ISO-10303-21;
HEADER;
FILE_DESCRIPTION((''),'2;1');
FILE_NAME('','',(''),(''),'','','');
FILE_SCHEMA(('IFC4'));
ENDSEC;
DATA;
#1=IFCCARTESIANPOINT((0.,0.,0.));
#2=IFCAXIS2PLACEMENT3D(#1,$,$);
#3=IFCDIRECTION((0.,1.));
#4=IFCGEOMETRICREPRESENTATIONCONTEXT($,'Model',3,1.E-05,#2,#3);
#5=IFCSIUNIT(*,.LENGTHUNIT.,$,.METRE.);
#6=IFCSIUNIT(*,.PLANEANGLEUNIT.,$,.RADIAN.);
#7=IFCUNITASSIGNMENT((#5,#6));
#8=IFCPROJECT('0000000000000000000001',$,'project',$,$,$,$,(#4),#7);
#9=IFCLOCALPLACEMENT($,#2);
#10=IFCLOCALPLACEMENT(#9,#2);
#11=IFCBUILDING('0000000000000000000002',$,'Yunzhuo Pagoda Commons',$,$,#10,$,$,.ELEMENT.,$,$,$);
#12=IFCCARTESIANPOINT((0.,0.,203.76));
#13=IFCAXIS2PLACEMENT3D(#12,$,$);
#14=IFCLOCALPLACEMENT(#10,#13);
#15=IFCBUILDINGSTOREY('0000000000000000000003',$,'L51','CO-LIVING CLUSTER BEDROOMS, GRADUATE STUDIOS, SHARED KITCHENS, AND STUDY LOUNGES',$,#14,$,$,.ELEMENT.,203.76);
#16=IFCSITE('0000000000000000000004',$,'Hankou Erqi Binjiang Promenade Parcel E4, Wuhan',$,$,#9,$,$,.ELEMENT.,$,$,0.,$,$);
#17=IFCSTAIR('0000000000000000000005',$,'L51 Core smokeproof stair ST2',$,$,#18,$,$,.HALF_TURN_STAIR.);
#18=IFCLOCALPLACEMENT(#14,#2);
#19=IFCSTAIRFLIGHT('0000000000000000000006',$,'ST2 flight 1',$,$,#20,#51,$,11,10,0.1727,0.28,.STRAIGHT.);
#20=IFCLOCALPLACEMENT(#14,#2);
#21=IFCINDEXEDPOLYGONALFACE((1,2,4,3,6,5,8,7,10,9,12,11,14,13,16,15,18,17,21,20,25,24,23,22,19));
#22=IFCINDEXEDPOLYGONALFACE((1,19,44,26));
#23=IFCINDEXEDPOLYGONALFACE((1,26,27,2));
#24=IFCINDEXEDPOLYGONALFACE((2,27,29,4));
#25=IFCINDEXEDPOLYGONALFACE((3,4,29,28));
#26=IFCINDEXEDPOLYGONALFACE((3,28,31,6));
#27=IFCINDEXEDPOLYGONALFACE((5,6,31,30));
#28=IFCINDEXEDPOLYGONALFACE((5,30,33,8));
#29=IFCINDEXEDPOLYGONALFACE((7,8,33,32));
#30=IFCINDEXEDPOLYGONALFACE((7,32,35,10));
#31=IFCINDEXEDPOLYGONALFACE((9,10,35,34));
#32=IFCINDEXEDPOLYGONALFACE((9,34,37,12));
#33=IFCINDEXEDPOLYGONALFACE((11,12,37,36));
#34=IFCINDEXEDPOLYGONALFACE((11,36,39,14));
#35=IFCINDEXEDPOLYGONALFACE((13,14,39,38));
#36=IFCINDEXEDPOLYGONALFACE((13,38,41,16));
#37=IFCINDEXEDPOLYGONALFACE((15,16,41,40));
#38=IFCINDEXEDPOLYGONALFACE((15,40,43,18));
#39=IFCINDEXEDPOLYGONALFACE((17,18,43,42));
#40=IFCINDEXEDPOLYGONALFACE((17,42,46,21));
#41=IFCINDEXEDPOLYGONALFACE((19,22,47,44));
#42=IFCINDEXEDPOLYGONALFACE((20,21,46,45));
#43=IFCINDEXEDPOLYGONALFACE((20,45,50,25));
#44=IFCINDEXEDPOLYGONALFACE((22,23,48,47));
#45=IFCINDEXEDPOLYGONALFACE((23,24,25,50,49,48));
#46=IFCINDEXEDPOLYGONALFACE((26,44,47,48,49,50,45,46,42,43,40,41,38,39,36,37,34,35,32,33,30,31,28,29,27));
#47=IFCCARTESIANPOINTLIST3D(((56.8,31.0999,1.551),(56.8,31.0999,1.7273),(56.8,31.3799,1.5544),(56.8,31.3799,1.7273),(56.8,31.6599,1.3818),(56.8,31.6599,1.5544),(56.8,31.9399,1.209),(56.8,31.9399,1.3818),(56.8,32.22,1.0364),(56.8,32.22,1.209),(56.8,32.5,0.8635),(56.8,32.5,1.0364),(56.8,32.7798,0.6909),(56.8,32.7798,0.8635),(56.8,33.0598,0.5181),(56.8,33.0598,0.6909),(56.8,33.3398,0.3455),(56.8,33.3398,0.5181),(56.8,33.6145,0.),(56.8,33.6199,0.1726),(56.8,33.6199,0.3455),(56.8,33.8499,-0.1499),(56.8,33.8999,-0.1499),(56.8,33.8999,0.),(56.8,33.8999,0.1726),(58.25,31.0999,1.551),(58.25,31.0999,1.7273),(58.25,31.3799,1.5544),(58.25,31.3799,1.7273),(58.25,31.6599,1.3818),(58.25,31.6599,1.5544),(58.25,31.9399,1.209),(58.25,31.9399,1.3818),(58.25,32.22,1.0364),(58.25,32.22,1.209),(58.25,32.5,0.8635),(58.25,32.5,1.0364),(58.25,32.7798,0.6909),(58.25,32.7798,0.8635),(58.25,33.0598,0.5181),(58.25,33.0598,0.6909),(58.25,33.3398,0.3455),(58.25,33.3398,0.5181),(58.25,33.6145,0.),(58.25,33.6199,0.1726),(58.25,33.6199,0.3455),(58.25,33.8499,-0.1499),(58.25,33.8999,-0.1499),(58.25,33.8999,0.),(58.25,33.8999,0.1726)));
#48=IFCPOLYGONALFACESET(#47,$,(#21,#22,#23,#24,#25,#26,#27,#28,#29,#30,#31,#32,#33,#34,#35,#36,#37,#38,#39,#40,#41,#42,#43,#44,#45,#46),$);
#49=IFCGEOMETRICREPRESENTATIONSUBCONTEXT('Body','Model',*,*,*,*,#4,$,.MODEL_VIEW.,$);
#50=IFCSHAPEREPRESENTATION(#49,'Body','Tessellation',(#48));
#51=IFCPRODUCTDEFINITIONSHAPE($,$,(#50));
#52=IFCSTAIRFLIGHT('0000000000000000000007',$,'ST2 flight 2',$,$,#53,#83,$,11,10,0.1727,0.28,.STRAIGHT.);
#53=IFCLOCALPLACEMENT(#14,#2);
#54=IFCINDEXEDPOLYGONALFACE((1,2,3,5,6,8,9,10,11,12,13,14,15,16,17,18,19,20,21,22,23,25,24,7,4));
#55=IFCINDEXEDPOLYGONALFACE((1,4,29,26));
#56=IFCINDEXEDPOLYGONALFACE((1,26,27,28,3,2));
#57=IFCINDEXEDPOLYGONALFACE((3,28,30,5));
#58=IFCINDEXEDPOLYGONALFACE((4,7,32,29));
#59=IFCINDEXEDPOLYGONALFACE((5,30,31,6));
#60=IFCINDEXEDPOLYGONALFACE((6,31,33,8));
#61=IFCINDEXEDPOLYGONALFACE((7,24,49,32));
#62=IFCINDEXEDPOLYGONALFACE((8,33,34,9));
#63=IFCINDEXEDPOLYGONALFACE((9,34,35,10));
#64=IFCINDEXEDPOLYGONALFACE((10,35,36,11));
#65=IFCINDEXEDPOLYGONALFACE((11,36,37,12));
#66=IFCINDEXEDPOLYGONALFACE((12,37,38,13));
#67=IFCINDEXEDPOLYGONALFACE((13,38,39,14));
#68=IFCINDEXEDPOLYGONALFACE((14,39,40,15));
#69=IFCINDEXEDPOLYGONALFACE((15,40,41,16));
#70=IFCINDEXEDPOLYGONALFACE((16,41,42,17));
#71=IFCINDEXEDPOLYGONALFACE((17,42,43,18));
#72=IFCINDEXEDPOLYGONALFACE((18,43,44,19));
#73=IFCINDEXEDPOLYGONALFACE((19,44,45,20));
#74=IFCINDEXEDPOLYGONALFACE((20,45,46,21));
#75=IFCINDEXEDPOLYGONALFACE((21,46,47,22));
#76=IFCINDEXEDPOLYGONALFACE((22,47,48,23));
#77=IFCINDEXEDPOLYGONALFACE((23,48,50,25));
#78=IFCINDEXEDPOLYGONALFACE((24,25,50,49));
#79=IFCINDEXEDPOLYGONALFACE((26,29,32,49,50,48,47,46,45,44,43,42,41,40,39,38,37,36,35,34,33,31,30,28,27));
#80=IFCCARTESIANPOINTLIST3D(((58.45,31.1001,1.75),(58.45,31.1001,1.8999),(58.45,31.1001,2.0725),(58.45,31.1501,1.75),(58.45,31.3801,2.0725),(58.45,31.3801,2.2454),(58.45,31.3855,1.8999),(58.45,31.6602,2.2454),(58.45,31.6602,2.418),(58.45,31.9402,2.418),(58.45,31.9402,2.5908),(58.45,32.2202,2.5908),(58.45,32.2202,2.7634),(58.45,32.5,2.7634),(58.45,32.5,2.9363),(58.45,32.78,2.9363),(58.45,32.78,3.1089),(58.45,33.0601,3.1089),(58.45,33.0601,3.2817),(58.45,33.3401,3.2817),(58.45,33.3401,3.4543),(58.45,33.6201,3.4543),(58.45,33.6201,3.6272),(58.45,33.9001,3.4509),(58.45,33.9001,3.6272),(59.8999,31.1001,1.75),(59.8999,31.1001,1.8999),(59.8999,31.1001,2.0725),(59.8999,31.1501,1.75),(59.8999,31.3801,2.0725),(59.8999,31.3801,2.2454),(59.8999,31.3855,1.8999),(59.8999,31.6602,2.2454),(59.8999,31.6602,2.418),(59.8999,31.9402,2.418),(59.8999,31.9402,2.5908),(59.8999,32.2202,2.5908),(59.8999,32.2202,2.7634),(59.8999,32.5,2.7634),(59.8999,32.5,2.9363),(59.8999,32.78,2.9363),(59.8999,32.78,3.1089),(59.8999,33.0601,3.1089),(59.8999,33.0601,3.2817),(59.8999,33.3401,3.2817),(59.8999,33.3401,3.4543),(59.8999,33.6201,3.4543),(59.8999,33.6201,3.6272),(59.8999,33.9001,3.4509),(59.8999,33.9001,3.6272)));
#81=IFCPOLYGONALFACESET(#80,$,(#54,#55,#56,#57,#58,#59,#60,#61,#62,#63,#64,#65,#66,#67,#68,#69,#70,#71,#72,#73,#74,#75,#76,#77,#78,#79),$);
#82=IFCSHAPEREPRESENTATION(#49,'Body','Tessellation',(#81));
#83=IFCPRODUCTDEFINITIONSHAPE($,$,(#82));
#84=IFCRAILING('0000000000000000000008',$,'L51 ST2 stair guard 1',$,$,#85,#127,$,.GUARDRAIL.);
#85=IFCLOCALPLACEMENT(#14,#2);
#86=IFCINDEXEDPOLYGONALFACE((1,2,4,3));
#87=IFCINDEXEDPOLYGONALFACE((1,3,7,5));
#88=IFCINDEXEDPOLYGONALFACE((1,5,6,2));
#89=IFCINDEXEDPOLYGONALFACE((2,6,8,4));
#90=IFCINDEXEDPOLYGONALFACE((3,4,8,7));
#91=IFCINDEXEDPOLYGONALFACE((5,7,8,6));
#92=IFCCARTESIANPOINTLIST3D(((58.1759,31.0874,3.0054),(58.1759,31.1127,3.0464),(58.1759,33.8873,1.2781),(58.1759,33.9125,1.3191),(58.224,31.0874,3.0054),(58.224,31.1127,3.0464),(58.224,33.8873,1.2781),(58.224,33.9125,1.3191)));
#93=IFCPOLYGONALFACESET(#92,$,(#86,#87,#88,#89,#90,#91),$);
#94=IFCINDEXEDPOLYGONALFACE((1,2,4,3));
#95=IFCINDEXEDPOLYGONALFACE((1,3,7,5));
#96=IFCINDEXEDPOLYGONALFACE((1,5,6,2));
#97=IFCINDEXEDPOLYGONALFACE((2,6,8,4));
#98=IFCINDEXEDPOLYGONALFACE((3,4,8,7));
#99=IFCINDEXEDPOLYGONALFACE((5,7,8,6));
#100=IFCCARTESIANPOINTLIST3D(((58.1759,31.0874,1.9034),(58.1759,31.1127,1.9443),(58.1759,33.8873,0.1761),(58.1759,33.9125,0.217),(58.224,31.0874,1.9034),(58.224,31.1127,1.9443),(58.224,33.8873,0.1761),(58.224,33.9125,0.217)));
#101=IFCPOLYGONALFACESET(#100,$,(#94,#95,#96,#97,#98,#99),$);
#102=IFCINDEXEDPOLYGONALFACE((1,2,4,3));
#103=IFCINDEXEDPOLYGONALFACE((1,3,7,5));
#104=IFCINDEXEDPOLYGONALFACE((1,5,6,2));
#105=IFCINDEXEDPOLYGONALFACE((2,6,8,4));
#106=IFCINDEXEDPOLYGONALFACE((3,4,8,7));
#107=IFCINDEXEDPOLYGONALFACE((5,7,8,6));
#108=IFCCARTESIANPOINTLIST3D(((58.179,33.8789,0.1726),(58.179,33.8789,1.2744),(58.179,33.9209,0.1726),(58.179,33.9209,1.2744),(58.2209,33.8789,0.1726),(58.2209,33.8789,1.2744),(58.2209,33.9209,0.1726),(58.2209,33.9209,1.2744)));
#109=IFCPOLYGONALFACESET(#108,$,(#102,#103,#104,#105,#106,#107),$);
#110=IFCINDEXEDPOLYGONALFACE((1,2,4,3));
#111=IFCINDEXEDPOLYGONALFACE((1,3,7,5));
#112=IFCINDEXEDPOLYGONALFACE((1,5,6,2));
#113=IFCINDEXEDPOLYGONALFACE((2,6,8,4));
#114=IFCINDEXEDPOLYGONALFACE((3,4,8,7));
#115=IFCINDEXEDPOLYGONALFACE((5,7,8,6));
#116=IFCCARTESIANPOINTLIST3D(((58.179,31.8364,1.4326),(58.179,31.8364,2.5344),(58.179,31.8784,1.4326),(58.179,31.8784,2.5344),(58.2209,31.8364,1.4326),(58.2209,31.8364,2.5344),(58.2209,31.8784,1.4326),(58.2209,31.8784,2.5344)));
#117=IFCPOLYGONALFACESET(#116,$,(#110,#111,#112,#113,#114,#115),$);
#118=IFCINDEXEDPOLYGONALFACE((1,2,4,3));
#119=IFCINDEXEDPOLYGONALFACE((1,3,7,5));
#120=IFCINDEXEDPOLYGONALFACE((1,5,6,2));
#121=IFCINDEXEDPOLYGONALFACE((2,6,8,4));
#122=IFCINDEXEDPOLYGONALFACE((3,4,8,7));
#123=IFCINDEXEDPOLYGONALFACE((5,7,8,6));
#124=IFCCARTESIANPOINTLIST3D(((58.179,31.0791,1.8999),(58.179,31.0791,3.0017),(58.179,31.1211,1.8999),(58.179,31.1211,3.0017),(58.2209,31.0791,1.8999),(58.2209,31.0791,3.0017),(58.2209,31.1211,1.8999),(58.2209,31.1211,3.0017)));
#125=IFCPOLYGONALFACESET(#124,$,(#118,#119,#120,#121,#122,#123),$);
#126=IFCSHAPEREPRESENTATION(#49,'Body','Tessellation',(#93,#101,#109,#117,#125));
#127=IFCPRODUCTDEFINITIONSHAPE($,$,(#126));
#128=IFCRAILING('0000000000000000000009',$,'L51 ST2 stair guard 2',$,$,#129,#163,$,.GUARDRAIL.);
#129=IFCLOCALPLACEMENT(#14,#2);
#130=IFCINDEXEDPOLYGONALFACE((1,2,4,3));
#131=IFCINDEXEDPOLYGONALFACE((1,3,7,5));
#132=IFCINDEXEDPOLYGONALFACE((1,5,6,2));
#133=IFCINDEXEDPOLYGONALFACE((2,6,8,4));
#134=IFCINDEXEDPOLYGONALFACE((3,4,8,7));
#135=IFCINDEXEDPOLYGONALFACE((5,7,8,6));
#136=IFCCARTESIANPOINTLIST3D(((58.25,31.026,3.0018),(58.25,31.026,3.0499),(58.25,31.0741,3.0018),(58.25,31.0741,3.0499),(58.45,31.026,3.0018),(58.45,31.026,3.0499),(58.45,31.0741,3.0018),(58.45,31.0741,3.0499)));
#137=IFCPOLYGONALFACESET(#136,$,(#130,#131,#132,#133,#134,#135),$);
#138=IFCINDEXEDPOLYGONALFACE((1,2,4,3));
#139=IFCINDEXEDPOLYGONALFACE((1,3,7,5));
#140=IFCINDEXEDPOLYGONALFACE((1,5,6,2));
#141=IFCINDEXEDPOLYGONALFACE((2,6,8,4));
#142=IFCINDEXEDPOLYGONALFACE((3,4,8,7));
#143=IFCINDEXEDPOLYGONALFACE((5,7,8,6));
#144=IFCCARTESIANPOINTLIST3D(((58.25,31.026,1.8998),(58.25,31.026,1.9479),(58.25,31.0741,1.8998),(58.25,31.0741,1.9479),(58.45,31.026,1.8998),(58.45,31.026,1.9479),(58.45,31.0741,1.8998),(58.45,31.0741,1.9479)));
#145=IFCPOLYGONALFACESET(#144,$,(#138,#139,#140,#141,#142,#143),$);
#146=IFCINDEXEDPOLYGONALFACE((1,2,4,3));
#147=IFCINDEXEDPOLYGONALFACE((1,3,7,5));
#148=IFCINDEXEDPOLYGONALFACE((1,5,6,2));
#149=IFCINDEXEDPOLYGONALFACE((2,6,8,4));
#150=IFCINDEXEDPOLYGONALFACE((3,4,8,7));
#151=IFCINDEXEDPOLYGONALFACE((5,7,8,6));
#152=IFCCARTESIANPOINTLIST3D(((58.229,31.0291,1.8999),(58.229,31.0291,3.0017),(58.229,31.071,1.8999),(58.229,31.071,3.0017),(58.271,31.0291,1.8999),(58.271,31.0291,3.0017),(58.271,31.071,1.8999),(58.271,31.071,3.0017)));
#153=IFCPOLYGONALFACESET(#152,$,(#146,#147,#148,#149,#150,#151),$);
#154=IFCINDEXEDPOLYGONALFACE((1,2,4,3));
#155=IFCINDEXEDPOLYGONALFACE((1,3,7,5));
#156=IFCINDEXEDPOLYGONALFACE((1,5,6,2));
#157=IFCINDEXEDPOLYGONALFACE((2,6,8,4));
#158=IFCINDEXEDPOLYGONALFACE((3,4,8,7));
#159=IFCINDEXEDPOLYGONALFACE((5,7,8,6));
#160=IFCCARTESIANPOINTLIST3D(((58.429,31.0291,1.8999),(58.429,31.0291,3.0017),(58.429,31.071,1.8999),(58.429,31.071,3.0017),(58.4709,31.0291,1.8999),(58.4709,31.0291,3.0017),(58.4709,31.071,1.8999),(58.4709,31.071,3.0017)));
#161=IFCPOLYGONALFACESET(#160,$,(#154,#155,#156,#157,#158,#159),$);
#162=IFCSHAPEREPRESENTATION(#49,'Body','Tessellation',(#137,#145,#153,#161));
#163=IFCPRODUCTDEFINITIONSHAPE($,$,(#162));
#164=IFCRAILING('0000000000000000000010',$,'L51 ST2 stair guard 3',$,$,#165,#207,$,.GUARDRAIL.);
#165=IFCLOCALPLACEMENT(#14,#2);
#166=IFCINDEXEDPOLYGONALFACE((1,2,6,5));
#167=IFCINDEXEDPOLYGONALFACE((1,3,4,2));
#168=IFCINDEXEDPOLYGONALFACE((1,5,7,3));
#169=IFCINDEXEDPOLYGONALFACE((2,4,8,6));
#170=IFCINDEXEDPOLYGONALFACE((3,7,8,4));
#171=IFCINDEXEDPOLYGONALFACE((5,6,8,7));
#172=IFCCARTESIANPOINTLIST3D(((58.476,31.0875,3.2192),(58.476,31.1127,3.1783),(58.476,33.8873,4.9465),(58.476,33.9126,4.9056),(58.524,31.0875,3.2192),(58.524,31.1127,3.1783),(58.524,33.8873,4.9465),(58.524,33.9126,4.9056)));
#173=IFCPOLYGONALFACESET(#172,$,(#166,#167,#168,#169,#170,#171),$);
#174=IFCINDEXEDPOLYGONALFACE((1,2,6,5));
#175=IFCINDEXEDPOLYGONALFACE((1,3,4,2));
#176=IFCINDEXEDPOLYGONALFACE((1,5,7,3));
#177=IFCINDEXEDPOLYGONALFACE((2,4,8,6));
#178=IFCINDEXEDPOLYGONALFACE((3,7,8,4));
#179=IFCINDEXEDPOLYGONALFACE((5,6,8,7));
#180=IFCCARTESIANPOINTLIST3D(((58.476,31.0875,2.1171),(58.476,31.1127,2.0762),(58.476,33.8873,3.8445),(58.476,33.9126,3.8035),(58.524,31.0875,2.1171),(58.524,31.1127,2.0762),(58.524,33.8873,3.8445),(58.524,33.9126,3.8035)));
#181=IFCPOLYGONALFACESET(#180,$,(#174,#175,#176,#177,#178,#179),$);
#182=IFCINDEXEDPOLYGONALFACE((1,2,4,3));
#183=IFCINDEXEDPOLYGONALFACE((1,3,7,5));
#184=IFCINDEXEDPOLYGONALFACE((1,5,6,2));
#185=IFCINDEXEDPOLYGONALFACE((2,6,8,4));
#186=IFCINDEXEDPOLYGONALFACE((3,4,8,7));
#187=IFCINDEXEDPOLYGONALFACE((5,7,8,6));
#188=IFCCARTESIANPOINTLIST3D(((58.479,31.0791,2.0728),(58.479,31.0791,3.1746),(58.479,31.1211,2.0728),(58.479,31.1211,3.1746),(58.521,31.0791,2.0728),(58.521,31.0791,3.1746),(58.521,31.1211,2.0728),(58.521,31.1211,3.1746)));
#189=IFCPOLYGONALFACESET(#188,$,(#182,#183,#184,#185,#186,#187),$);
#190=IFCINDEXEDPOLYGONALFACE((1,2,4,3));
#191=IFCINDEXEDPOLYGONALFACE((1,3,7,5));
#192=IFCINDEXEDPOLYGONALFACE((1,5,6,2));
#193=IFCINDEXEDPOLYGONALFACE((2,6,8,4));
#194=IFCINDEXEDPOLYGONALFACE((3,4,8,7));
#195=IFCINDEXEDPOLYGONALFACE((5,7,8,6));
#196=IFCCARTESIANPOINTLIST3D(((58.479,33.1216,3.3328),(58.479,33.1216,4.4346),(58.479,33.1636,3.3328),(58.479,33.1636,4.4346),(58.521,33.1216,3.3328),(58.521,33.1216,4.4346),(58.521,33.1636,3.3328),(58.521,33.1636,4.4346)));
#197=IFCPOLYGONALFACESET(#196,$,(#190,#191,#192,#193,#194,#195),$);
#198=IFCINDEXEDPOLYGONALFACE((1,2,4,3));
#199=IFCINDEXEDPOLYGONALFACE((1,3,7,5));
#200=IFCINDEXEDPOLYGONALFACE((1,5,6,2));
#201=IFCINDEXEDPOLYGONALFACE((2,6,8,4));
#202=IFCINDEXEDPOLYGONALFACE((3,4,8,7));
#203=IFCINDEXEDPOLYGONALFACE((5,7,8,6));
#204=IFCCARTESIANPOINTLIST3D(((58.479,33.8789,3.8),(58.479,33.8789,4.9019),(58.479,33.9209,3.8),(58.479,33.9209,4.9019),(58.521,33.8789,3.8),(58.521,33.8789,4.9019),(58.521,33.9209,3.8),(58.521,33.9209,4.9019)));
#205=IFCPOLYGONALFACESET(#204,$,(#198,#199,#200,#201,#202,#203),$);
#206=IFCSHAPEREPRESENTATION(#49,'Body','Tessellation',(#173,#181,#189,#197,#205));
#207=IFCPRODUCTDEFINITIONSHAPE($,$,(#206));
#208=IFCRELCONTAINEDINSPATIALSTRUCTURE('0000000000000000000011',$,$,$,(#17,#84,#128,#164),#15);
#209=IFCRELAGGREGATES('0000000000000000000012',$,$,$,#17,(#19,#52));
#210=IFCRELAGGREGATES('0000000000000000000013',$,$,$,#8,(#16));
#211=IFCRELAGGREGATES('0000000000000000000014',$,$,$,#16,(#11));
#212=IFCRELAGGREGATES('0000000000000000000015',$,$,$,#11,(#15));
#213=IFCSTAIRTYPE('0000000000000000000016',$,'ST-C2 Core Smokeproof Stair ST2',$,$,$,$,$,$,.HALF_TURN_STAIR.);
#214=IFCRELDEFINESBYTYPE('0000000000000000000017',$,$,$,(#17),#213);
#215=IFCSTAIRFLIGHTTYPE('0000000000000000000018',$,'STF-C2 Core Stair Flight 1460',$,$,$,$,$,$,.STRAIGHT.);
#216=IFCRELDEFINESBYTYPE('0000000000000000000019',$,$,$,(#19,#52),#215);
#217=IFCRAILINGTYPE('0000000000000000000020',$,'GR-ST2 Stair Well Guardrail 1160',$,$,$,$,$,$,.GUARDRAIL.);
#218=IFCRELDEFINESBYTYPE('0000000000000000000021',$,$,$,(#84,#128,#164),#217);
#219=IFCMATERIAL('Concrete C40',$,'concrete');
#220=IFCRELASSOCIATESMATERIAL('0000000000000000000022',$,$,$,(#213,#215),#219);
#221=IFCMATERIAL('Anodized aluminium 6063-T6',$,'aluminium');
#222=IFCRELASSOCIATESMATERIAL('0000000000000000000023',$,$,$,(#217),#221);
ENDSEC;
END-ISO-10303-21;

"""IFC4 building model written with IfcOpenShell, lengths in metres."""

from ifc_helpers import new_model, si_unit, direction, frame, origin, origin_2d, place, context, subcontext, project, spatial, polyline, rectangle, outline, extrude, source, transform, mapped, material, type_object, element, aggregate, save


model = new_model("IFC4")

# Units and contexts
model_context = context("Model", 3, precision=1e-05, world=origin(), true_north=direction((0.0, 1.0)))
body_context = subcontext(model_context, "Body", "Model", "MODEL_VIEW")
ifc_project = project(units=[si_unit("LENGTHUNIT", "METRE"), si_unit("PLANEANGLEUNIT", "RADIAN")], contexts=[model_context])

# Site, building, storey
site_placement = place(None, origin())
site = spatial("IfcSite", under=ifc_project, at=site_placement, Name="Hankou Erqi Binjiang Promenade Parcel E4, Wuhan", CompositionType="ELEMENT", RefElevation=0.0)
building_placement = place(site_placement, origin())
building = spatial("IfcBuilding", under=site, at=building_placement, Name="Yunzhuo Pagoda Commons", CompositionType="ELEMENT")
storey_placement = place(building_placement, frame((0.0, 0.0, 203.76)))
storey = spatial("IfcBuildingStorey", under=building, at=storey_placement, Name="L51", Description="CO-LIVING CLUSTER BEDROOMS, GRADUATE STUDIOS, SHARED KITCHENS, AND STUDY LOUNGES", CompositionType="ELEMENT", Elevation=203.76)

# Shared definitions
ifc_material_1 = material(Name="Concrete C40", Category="concrete")

# Stair, stair flights
stair_type = type_object("IfcStairType", Name="ST-C2 Core Smokeproof Stair ST2", PredefinedType="HALF_TURN_STAIR", material=ifc_material_1)
stair_placement = place(storey_placement, origin())
stair = element("IfcStair", 1, at=stair_placement, inside=storey, type_object=stair_type, Name="L51 Core smokeproof stair ST2", PredefinedType="HALF_TURN_STAIR")
stair_flight_type = type_object("IfcStairFlightType", Name="STF-C2 Core Stair Flight 1460", PredefinedType="STRAIGHT", material=ifc_material_1)
shared_shape_1 = source(origin(), body_context, "Body", "SweptSolid", [
    extrude(outline(polyline([(0.0, -0.1499), (0.0, 0.0), (0.0, 0.1726), (0.28, 0.1726), (0.28, 0.3455), (0.5601, 0.3455), (0.5601, 0.5181), (0.8401, 0.5181), (0.8401, 0.6909), (1.1201, 0.6909), (1.1201, 0.8635), (1.3999, 0.8635), (1.3999, 1.0364), (1.6799, 1.0364), (1.6799, 1.209), (1.96, 1.209), (1.96, 1.3818), (2.24, 1.3818), (2.24, 1.5544), (2.52, 1.5544), (2.52, 1.7273), (2.8, 1.7273), (2.8, 1.8999), (2.8, 1.551), (0.2854, 0.0), (0.05, -0.1499), (0.0, -0.1499)])), frame((0.0, 0.7251, 0.0), z_axis=(0.0, -1.0, 0.0), x_axis=(1.0, 0.0, 0.0)), (0.0, 0.0, 1.0), 1.45),
])
stair_flight_1_placement = place(storey_placement, frame((57.5249, 33.8999, 0.0), z_axis=(0.0, 0.0, 1.0), x_axis=(0.0, -1.0, 0.0)))
stair_flight_1 = element("IfcStairFlight", 2, at=stair_flight_1_placement, type_object=stair_flight_type, Name="ST2 flight 1", NumberOfRisers=11, NumberOfTreads=10, PredefinedType="STRAIGHT", RiserHeight=0.1727, TreadLength=0.28, context=body_context, shape_type="MappedRepresentation", body=[
    mapped(shared_shape_1, transform((0.0, 0.0, 0.0), scale=1.0)),
])
stair_flight_2_placement = place(storey_placement, frame((59.175, 31.1001, 1.8999), z_axis=(0.0, 0.0, 1.0), x_axis=(0.0, 1.0, 0.0)))
stair_flight_2 = element("IfcStairFlight", 3, at=stair_flight_2_placement, type_object=stair_flight_type, Name="ST2 flight 2", NumberOfRisers=11, NumberOfTreads=10, PredefinedType="STRAIGHT", RiserHeight=0.1727, TreadLength=0.28, context=body_context, shape_type="MappedRepresentation", body=[
    mapped(shared_shape_1, transform((0.0, 0.0, 0.0), scale=1.0)),
])
aggregate(stair, [stair_flight_1, stair_flight_2])

# Railings
ifc_material_2 = material(Name="Anodized aluminium 6063-T6", Category="aluminium")
railing_type_1 = type_object("IfcRailingType", Name="GR-ST2 Stair Well Guardrail 1160", PredefinedType="GUARDRAIL", material=ifc_material_2)
railing_1_placement = place(storey_placement, frame((58.2, 33.8999, 0.1726)))
element("IfcRailing", 4, at=railing_1_placement, inside=storey, type_object=railing_type_1, Name="L51 ST2 stair guard 1", PredefinedType="GUARDRAIL", context=body_context, shape_type="SweptSolid", body=[
    extrude(rectangle(XDim=0.0481, YDim=0.0481, at=origin_2d()), frame((0.0, 0.0, 1.126), z_axis=(0.0, -0.851069, 0.525054), x_axis=(1.0, 0.0, 0.0)), (0.0, 0.0, 1.0), 3.2898),
    extrude(rectangle(XDim=0.0481, YDim=0.0481, at=origin_2d()), frame((0.0, 0.0, 0.0239), z_axis=(0.0, -0.851069, 0.525054), x_axis=(1.0, 0.0, 0.0)), (0.0, 0.0, 1.0), 3.2898),
    extrude(rectangle(XDim=0.042, YDim=0.042, at=origin_2d()), origin(), (0.0, 0.0, 1.0), 1.1018),
    extrude(rectangle(XDim=0.042, YDim=0.042, at=origin_2d()), frame((0.0, -2.0425, 1.26)), (0.0, 0.0, 1.0), 1.1018),
    extrude(rectangle(XDim=0.042, YDim=0.042, at=origin_2d()), frame((0.0, -2.7998, 1.7273)), (0.0, 0.0, 1.0), 1.1018),
])
railing_2_placement = place(storey_placement, frame((58.25, 31.05, 1.8999)))
element("IfcRailing", 5, at=railing_2_placement, inside=storey, type_object=railing_type_1, Name="L51 ST2 stair guard 2", PredefinedType="GUARDRAIL", context=body_context, shape_type="SweptSolid", body=[
    extrude(rectangle(XDim=0.0481, YDim=0.0481, at=origin_2d()), frame((0.0, 0.0, 1.126), z_axis=(1.0, 0.0, 0.0), x_axis=(0.0, 1.0, 0.0)), (0.0, 0.0, 1.0), 0.2),
    extrude(rectangle(XDim=0.0481, YDim=0.0481, at=origin_2d()), frame((0.0, 0.0, 0.0239), z_axis=(1.0, 0.0, 0.0), x_axis=(0.0, 1.0, 0.0)), (0.0, 0.0, 1.0), 0.2),
    extrude(rectangle(XDim=0.042, YDim=0.042, at=origin_2d()), origin(), (0.0, 0.0, 1.0), 1.1018),
    extrude(rectangle(XDim=0.042, YDim=0.042, at=origin_2d()), frame((0.2, 0.0, 0.0)), (0.0, 0.0, 1.0), 1.1018),
])
railing_3_placement = place(storey_placement, frame((58.5, 31.1001, 2.0728)))
element("IfcRailing", 6, at=railing_3_placement, inside=storey, type_object=railing_type_1, Name="L51 ST2 stair guard 3", PredefinedType="GUARDRAIL", context=body_context, shape_type="SweptSolid", body=[
    extrude(rectangle(XDim=0.0481, YDim=0.0481, at=origin_2d()), frame((0.0, 0.0, 1.126), z_axis=(0.0, 0.851069, 0.525054), x_axis=(-1.0, 0.0, 0.0)), (0.0, 0.0, 1.0), 3.2898),
    extrude(rectangle(XDim=0.0481, YDim=0.0481, at=origin_2d()), frame((0.0, 0.0, 0.0239), z_axis=(0.0, 0.851069, 0.525054), x_axis=(-1.0, 0.0, 0.0)), (0.0, 0.0, 1.0), 3.2898),
    extrude(rectangle(XDim=0.042, YDim=0.042, at=origin_2d()), origin(), (0.0, 0.0, 1.0), 1.1018),
    extrude(rectangle(XDim=0.042, YDim=0.042, at=origin_2d()), frame((0.0, 2.0425, 1.26)), (0.0, 0.0, 1.0), 1.1018),
    extrude(rectangle(XDim=0.042, YDim=0.042, at=origin_2d()), frame((0.0, 2.7998, 1.7273)), (0.0, 0.0, 1.0), 1.1018),
])

save(model, "model.ifc")
